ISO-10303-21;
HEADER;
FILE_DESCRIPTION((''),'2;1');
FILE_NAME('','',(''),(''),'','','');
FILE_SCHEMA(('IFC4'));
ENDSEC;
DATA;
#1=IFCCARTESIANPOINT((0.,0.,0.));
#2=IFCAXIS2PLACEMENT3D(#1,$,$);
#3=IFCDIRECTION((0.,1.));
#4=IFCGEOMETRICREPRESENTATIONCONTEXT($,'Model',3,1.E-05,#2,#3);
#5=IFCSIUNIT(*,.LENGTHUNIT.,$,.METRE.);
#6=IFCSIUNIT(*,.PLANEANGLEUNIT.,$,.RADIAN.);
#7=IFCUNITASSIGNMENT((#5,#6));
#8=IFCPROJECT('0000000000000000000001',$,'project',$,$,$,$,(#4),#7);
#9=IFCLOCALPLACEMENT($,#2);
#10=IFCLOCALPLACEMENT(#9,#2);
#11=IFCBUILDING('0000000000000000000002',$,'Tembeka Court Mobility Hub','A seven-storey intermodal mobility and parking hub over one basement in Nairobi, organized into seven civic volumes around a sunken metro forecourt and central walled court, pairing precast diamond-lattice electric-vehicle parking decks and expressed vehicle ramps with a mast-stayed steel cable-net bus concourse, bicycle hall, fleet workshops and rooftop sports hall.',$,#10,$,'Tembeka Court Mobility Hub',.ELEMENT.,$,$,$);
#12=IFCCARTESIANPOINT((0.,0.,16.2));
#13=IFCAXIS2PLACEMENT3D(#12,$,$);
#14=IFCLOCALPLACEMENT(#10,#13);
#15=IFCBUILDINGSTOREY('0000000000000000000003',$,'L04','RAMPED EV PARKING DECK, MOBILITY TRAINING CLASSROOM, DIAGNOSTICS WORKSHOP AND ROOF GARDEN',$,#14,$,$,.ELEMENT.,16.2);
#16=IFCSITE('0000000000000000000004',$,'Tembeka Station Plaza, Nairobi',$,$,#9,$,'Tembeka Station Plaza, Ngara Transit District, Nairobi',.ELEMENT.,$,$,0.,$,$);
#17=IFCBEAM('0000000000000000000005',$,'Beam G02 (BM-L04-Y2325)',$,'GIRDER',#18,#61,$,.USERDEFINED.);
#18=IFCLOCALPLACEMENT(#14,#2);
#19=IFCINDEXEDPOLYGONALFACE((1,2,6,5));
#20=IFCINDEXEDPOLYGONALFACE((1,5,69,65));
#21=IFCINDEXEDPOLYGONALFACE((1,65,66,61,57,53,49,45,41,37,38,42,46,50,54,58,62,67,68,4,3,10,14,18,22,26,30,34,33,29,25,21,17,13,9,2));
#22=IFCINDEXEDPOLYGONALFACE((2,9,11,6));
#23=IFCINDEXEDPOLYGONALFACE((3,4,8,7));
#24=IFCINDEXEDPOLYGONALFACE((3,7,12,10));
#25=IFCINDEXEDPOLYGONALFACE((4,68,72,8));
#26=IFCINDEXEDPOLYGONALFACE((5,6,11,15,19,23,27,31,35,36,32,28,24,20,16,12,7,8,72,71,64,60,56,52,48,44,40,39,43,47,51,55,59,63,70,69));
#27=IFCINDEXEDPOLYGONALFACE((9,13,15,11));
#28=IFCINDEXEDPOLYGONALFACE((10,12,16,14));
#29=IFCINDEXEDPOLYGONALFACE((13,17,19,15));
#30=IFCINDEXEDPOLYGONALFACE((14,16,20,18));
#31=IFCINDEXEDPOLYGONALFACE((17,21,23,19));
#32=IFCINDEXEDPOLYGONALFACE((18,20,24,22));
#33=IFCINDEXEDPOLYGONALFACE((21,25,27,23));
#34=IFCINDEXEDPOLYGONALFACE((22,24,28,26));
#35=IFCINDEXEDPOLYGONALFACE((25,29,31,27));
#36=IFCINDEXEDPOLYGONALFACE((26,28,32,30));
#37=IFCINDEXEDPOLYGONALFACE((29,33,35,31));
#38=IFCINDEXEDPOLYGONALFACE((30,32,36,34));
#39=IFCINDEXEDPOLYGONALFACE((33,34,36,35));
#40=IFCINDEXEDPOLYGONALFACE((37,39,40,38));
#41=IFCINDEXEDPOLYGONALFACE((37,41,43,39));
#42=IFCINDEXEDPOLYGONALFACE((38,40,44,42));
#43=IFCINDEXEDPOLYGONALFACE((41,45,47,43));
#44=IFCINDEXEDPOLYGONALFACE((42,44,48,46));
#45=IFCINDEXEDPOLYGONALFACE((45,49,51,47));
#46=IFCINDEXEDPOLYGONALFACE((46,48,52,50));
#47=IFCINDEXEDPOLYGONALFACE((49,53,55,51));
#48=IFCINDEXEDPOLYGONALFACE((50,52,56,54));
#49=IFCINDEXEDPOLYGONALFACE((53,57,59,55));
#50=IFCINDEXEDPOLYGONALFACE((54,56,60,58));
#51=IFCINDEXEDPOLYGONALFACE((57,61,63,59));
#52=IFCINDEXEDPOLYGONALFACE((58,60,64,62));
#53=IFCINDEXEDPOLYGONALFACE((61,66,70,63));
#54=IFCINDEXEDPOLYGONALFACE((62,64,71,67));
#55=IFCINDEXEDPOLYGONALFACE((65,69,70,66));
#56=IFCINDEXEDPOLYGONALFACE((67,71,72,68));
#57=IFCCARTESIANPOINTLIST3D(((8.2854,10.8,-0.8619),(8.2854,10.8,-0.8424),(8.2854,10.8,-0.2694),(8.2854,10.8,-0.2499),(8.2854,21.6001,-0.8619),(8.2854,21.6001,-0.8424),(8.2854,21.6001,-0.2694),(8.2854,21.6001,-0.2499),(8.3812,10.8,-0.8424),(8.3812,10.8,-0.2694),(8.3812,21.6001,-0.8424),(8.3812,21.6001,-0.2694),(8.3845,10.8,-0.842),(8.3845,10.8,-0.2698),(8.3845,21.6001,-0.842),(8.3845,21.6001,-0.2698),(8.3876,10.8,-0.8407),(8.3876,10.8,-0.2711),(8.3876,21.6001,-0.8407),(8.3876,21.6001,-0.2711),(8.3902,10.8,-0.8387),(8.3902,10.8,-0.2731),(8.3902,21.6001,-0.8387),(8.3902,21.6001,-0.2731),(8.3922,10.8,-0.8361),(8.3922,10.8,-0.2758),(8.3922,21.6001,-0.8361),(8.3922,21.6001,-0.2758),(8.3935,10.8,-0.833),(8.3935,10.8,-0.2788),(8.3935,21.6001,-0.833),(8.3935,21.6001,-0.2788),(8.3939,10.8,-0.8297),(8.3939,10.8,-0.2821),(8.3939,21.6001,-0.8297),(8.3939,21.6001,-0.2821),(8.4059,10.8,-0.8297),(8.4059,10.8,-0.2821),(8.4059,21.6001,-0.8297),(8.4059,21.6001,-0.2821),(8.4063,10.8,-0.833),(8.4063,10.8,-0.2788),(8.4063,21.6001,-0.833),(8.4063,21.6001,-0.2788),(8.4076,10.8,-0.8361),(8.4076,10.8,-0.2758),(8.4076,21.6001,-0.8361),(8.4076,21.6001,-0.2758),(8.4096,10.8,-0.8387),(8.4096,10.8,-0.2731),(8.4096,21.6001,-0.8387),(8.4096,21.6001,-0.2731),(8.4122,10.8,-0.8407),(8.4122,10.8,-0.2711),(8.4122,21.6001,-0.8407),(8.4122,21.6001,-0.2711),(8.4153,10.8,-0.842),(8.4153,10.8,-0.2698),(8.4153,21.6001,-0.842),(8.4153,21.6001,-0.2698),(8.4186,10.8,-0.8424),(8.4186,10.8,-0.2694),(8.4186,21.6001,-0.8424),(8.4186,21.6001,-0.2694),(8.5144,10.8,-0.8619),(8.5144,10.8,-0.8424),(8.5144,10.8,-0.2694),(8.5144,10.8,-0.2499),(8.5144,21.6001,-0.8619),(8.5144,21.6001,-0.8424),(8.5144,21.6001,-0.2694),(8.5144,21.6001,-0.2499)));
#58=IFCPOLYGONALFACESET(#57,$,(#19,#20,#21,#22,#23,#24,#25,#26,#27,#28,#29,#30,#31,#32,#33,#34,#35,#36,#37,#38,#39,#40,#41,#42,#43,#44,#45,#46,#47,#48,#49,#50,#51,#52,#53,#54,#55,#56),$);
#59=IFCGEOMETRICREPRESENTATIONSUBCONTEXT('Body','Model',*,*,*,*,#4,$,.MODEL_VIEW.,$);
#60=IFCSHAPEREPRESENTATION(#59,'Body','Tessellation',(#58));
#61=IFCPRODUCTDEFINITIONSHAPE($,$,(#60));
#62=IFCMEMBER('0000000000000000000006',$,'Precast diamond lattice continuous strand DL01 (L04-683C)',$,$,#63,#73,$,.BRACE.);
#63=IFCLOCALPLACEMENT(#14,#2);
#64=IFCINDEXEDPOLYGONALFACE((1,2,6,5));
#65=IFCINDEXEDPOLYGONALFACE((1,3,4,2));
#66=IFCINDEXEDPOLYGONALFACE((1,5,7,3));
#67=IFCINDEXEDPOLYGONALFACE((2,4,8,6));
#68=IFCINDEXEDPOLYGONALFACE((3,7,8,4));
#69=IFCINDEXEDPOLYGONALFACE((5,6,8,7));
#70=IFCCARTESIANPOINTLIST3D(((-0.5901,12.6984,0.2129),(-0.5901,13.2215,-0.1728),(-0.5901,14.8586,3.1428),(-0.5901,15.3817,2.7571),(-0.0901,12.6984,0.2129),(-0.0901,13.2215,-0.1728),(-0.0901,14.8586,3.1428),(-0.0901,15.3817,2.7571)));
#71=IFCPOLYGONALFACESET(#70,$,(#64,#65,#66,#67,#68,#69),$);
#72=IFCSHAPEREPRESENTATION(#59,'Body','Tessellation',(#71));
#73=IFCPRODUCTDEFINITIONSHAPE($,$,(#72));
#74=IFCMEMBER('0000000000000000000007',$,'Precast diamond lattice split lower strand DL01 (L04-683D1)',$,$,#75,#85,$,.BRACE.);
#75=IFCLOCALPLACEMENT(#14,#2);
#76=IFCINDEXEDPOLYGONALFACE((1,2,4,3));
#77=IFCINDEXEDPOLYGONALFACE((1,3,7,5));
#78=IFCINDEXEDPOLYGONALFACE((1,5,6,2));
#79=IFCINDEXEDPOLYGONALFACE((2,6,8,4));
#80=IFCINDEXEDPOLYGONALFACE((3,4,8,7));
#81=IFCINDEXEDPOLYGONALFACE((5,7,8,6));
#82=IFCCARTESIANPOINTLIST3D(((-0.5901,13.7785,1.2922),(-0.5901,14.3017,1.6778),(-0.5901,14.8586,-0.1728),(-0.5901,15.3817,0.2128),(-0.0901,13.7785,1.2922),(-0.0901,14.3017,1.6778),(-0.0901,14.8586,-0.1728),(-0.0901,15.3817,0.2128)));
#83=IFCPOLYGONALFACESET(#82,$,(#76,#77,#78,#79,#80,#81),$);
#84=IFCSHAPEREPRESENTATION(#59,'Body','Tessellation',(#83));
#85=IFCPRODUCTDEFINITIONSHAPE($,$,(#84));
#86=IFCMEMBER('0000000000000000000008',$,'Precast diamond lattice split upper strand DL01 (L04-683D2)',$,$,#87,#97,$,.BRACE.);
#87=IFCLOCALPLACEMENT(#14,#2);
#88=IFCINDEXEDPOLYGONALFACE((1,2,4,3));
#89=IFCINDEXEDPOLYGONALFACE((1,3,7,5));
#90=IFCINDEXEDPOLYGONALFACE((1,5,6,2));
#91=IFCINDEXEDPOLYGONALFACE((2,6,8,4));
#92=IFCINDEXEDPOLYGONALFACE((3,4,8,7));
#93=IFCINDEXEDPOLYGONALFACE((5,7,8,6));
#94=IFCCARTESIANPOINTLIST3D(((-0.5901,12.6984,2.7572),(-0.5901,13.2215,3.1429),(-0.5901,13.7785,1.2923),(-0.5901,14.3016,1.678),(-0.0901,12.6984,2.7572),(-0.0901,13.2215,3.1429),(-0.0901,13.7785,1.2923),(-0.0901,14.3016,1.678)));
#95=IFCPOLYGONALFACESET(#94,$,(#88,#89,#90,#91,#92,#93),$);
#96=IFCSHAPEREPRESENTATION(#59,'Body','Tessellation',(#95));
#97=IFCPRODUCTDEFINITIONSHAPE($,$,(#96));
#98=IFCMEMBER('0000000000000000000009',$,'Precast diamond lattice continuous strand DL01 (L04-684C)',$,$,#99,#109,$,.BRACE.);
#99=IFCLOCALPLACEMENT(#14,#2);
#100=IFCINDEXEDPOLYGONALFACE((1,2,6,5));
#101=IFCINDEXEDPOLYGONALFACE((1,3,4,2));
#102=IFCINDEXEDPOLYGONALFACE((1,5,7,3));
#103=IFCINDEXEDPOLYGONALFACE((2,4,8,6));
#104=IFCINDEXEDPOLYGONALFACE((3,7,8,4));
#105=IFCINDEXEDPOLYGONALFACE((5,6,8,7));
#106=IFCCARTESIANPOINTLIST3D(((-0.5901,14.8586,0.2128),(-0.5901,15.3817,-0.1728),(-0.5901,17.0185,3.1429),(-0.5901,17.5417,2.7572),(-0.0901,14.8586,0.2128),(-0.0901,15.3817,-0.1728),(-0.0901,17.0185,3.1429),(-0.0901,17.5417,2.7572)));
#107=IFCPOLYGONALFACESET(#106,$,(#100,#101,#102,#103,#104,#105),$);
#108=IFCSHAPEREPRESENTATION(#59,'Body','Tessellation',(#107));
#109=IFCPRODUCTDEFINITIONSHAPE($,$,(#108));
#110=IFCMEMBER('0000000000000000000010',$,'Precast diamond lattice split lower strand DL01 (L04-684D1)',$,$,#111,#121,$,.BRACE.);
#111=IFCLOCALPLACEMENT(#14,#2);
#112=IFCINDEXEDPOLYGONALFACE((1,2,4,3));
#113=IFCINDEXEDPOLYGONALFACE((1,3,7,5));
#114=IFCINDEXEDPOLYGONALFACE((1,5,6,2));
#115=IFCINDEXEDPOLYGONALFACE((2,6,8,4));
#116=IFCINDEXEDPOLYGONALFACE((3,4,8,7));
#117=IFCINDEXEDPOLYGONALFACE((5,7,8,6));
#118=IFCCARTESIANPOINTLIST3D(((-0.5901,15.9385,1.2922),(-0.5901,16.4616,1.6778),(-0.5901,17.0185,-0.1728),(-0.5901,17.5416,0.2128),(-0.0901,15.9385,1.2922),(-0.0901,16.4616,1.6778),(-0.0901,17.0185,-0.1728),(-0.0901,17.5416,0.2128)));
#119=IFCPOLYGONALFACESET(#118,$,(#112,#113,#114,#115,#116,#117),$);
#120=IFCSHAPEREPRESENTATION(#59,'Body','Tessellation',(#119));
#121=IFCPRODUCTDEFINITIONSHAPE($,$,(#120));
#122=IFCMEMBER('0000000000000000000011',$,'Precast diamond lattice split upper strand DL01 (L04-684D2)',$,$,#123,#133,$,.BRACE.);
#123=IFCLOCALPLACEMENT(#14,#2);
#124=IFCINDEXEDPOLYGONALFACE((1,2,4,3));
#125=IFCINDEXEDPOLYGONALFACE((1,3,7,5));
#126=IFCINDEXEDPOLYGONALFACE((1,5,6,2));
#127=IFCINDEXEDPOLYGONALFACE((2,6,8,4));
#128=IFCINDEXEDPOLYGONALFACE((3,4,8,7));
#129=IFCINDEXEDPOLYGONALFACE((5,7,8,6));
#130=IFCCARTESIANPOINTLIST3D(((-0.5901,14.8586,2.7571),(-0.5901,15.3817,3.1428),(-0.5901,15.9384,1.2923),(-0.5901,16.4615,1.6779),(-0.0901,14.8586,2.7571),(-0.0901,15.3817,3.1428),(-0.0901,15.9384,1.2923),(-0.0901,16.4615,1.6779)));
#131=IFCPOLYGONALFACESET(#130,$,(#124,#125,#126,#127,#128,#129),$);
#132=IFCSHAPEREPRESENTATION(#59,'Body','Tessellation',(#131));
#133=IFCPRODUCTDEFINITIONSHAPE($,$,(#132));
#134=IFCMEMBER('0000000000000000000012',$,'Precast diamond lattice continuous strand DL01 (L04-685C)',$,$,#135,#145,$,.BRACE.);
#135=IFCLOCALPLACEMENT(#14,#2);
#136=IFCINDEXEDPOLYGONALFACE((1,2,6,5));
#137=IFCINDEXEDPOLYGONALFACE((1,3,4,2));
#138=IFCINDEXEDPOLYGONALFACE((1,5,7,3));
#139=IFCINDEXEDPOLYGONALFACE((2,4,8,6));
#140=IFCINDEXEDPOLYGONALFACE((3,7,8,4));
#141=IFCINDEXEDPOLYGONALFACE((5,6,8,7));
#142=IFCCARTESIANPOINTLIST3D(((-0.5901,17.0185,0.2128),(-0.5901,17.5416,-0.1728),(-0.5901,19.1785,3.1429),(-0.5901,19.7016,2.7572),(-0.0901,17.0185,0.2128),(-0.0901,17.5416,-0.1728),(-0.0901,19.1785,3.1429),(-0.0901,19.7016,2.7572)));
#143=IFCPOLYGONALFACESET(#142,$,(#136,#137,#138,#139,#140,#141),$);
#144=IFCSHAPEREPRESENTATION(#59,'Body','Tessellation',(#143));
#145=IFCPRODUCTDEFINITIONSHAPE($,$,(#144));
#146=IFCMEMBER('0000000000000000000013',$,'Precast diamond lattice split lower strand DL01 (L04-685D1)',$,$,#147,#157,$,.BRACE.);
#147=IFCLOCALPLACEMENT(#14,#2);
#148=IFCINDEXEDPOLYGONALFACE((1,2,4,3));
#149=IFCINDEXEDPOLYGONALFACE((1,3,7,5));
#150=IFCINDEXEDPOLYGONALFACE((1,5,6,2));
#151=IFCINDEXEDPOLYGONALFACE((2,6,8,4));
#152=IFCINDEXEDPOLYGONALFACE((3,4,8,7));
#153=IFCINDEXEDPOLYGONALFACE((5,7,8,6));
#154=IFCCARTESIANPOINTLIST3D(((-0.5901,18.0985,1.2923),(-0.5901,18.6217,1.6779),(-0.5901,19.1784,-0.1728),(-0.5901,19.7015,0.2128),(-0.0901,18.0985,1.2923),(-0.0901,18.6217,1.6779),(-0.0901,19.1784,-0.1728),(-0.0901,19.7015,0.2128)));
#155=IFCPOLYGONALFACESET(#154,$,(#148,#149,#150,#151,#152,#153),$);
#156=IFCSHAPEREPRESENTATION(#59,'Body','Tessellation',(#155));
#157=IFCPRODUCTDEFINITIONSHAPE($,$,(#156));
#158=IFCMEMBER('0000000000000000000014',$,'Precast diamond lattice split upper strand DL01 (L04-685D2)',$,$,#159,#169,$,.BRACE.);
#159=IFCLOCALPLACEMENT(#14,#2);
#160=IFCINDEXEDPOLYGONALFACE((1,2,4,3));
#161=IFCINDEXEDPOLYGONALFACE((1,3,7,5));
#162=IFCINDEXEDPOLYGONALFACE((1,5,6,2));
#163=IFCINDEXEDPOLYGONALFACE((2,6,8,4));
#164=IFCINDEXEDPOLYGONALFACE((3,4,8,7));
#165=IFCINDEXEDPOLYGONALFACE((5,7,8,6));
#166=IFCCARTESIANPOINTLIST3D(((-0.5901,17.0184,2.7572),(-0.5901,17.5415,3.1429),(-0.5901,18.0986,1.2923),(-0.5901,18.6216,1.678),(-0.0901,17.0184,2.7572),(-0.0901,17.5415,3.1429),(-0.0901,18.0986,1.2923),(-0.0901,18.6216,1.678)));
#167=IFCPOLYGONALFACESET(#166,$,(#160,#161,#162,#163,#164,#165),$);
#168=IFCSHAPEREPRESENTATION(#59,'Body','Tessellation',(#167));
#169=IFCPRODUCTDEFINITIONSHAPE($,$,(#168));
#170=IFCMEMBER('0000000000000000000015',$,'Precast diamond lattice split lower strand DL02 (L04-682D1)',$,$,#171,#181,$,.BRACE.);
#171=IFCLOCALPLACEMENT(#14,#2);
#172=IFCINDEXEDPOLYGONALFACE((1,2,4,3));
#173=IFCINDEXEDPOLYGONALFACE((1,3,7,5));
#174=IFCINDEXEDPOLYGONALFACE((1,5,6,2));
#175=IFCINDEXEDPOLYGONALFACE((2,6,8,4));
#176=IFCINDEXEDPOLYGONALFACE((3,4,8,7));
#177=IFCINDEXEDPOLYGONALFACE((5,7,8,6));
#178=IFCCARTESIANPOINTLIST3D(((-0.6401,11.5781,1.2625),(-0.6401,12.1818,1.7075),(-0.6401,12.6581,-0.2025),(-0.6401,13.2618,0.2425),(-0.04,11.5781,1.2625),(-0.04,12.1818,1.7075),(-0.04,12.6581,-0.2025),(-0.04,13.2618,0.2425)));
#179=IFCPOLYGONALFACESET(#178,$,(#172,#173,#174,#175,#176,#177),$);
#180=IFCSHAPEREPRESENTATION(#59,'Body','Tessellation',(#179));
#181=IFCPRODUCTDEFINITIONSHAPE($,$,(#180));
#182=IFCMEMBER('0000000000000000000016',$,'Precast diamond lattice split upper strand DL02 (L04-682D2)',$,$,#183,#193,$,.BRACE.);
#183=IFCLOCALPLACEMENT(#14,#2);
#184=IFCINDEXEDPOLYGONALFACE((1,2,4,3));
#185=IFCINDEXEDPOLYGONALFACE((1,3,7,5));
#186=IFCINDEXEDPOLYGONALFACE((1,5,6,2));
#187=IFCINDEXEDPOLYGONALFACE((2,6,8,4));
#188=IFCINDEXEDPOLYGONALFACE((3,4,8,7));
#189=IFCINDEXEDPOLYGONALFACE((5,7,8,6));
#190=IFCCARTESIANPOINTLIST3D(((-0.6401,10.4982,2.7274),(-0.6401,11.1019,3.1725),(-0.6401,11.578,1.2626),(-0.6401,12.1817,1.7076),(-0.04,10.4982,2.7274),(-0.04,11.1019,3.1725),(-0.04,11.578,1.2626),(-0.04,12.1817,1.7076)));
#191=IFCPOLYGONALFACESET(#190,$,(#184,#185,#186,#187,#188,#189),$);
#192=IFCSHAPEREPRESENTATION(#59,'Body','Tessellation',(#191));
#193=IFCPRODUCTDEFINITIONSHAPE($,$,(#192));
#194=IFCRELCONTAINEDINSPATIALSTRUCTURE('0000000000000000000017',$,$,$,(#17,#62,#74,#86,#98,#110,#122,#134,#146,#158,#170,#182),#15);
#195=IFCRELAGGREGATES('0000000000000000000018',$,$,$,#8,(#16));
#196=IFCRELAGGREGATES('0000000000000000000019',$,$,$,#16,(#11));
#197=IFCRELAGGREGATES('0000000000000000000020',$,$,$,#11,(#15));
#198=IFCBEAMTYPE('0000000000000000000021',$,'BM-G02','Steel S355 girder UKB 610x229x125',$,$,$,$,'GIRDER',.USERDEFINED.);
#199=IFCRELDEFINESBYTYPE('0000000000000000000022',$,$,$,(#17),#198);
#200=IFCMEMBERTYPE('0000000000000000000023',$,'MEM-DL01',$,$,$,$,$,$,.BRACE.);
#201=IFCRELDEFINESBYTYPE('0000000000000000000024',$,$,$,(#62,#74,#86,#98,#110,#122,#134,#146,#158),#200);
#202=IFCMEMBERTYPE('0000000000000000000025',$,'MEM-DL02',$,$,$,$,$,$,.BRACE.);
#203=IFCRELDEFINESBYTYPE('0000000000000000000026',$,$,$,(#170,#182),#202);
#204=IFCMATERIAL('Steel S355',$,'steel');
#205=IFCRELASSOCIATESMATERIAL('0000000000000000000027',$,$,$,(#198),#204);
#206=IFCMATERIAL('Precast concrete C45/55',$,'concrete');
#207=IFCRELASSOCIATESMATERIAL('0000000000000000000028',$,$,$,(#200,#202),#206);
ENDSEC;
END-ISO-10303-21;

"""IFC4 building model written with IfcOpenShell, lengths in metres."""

from ifc_helpers import new_model, si_unit, direction, frame, origin, origin_2d, place, context, subcontext, project, spatial, rectangle, i_section, extrude, material, material_profile, profile_set, type_object, element, save


model = new_model("IFC4")

# Units and contexts
model_context = context("Model", 3, precision=1e-05, world=origin(), true_north=direction((0.0, 1.0)))
body_context = subcontext(model_context, "Body", "Model", "MODEL_VIEW")
ifc_project = project(units=[si_unit("LENGTHUNIT", "METRE"), si_unit("PLANEANGLEUNIT", "RADIAN")], contexts=[model_context])

# Site, building, storey
site_placement = place(None, origin())
site = spatial("IfcSite", under=ifc_project, at=site_placement, Name="Tembeka Station Plaza, Nairobi", LongName="Tembeka Station Plaza, Ngara Transit District, Nairobi", CompositionType="ELEMENT", RefElevation=0.0)
building_placement = place(site_placement, origin())
building = spatial("IfcBuilding", under=site, at=building_placement, Name="Tembeka Court Mobility Hub", Description="A seven-storey intermodal mobility and parking hub over one basement in Nairobi, organized into seven civic volumes around a sunken metro forecourt and central walled court, pairing precast diamond-lattice electric-vehicle parking decks and expressed vehicle ramps with a mast-stayed steel cable-net bus concourse, bicycle hall, fleet workshops and rooftop sports hall.", LongName="Tembeka Court Mobility Hub", CompositionType="ELEMENT")
storey_placement = place(building_placement, frame((0.0, 0.0, 16.2)))
storey = spatial("IfcBuildingStorey", under=building, at=storey_placement, Name="L04", Description="RAMPED EV PARKING DECK, MOBILITY TRAINING CLASSROOM, DIAGNOSTICS WORKSHOP AND ROOF GARDEN", CompositionType="ELEMENT", Elevation=16.2)

# Shared definitions
ifc_material_1 = material(Name="Steel S355", Category="steel")

# Beam
ifc_material_profile_1 = material_profile(ifc_material_1, i_section(OverallWidth=0.229, OverallDepth=0.6121, WebThickness=0.012, FlangeThickness=0.0195, FilletRadius=0.0127, at=origin_2d()), Name="UKB 610x229x125")
ifc_profile_set_1 = profile_set([ifc_material_profile_1], Name="Steel S355")
beam_type_1 = type_object("IfcBeamType", Name="BM-G02", Description="Steel S355 girder UKB 610x229x125", ElementType="GIRDER", PredefinedType="USERDEFINED", material=ifc_profile_set_1)
for number, where, z_axis, x_axis, name in (
    (1, (8.3999, 10.8, -0.5559), (0.0, 1.0, 0.0), (-1.0, 0.0, 0.0), "Beam G02 (BM-L04-Y2325)"),
):
    element("IfcBeam", number, at=place(storey_placement, frame(where, z_axis=z_axis, x_axis=x_axis)), inside=storey, type_object=beam_type_1, Name=name, ObjectType="GIRDER", PredefinedType="USERDEFINED", context=body_context, shape_type="SweptSolid", body=[
        extrude(i_section(OverallWidth=0.229, OverallDepth=0.6121, WebThickness=0.012, FlangeThickness=0.0195, FilletRadius=0.0127, at=origin_2d()), origin(), (0.0, 0.0, 1.0), 10.8),
    ])

# Members
ifc_material_2 = material(Name="Precast concrete C45/55", Category="concrete")
ifc_material_profile_2 = material_profile(ifc_material_2, rectangle(XDim=0.5, YDim=0.6499, at=origin_2d()), Name="PC-DIAG 500x650")
ifc_profile_set_2 = profile_set([ifc_material_profile_2], Name="Precast concrete C45/55")
member_type_1 = type_object("IfcMemberType", Name="MEM-DL01", PredefinedType="BRACE", material=ifc_profile_set_2)
member_1_placement = place(storey_placement, frame((-0.3401, 12.96, 0.02), z_axis=(0.0, 0.593423, 0.804891), x_axis=(-1.0, 0.0, 0.0)))
element("IfcMember", 2, at=member_1_placement, inside=storey, type_object=member_type_1, Name="Precast diamond lattice continuous strand DL01 (L04-683C)", PredefinedType="BRACE", context=body_context, shape_type="SweptSolid", body=[
    extrude(rectangle(XDim=0.5, YDim=0.6499, at=origin_2d()), origin(), (0.0, 0.0, 1.0), 3.6401),
])
for number, where, z_axis, x_axis, name in (
    (3, (-0.3401, 15.1201, 0.02), (0.0, -0.593391, 0.804914), (1.0, 0.0, 0.0), "Precast diamond lattice split lower strand DL01 (L04-683D1)"),
    (4, (-0.3401, 14.04, 1.4851), (0.0, -0.593455, 0.804867), (1.0, 0.0, 0.0), "Precast diamond lattice split upper strand DL01 (L04-683D2)"),
):
    element("IfcMember", number, at=place(storey_placement, frame(where, z_axis=z_axis, x_axis=x_axis)), inside=storey, type_object=member_type_1, Name=name, PredefinedType="BRACE", context=body_context, shape_type="SweptSolid", body=[
        extrude(rectangle(XDim=0.5, YDim=0.6499, at=origin_2d()), origin(), (0.0, 0.0, 1.0), 1.8201),
    ])
member_2_placement = place(storey_placement, frame((-0.3401, 15.1201, 0.02), z_axis=(0.0, 0.59338, 0.804923), x_axis=(-1.0, 0.0, 0.0)))
element("IfcMember", 5, at=member_2_placement, inside=storey, type_object=member_type_1, Name="Precast diamond lattice continuous strand DL01 (L04-684C)", PredefinedType="BRACE", context=body_context, shape_type="SweptSolid", body=[
    extrude(rectangle(XDim=0.5, YDim=0.6499, at=origin_2d()), origin(), (0.0, 0.0, 1.0), 3.6401),
])
member_3_placement = place(storey_placement, frame((-0.3401, 17.28, 0.02), z_axis=(0.0, -0.593391, 0.804914), x_axis=(1.0, 0.0, 0.0)))
element("IfcMember", 6, at=member_3_placement, inside=storey, type_object=member_type_1, Name="Precast diamond lattice split lower strand DL01 (L04-684D1)", PredefinedType="BRACE", context=body_context, shape_type="SweptSolid", body=[
    extrude(rectangle(XDim=0.5, YDim=0.6499, at=origin_2d()), origin(), (0.0, 0.0, 1.0), 1.8201),
])
member_4_placement = place(storey_placement, frame((-0.3401, 16.2, 1.4851), z_axis=(0.0, -0.593368, 0.804931), x_axis=(1.0, 0.0, 0.0)))
element("IfcMember", 7, at=member_4_placement, inside=storey, type_object=member_type_1, Name="Precast diamond lattice split upper strand DL01 (L04-684D2)", PredefinedType="BRACE", context=body_context, shape_type="SweptSolid", body=[
    extrude(rectangle(XDim=0.5, YDim=0.6499, at=origin_2d()), origin(), (0.0, 0.0, 1.0), 1.8198),
])
member_5_placement = place(storey_placement, frame((-0.3401, 17.28, 0.02), z_axis=(0.0, 0.59338, 0.804923), x_axis=(-1.0, 0.0, 0.0)))
element("IfcMember", 8, at=member_5_placement, inside=storey, type_object=member_type_1, Name="Precast diamond lattice continuous strand DL01 (L04-685C)", PredefinedType="BRACE", context=body_context, shape_type="SweptSolid", body=[
    extrude(rectangle(XDim=0.5, YDim=0.6499, at=origin_2d()), origin(), (0.0, 0.0, 1.0), 3.6401),
])
for number, where, z_axis, x_axis, name in (
    (9, (-0.3401, 19.4399, 0.02), (0.0, -0.593304, 0.804978), (1.0, 0.0, 0.0), "Precast diamond lattice split lower strand DL01 (L04-685D1)"),
    (10, (-0.3401, 18.3601, 1.4851), (0.0, -0.593455, 0.804867), (1.0, 0.0, 0.0), "Precast diamond lattice split upper strand DL01 (L04-685D2)"),
):
    element("IfcMember", number, at=place(storey_placement, frame(where, z_axis=z_axis, x_axis=x_axis)), inside=storey, type_object=member_type_1, Name=name, PredefinedType="BRACE", context=body_context, shape_type="SweptSolid", body=[
        extrude(rectangle(XDim=0.5, YDim=0.6499, at=origin_2d()), origin(), (0.0, 0.0, 1.0), 1.8201),
    ])
ifc_material_profile_3 = material_profile(ifc_material_2, rectangle(XDim=0.6001, YDim=0.75, at=origin_2d()), Name="PC-DIAG 600x750")
ifc_profile_set_3 = profile_set([ifc_material_profile_3], Name="Precast concrete C45/55")
member_type_2 = type_object("IfcMemberType", Name="MEM-DL02", PredefinedType="BRACE", material=ifc_profile_set_3)
member_6_placement = place(storey_placement, frame((-0.3401, 12.96, 0.02), z_axis=(0.0, -0.593391, 0.804914), x_axis=(1.0, 0.0, 0.0)))
element("IfcMember", 11, at=member_6_placement, inside=storey, type_object=member_type_2, Name="Precast diamond lattice split lower strand DL02 (L04-682D1)", PredefinedType="BRACE", context=body_context, shape_type="SweptSolid", body=[
    extrude(rectangle(XDim=0.6001, YDim=0.75, at=origin_2d()), origin(), (0.0, 0.0, 1.0), 1.8201),
])
member_7_placement = place(storey_placement, frame((-0.3401, 11.8799, 1.4851), z_axis=(0.0, -0.593368, 0.804931), x_axis=(1.0, 0.0, 0.0)))
element("IfcMember", 12, at=member_7_placement, inside=storey, type_object=member_type_2, Name="Precast diamond lattice split upper strand DL02 (L04-682D2)", PredefinedType="BRACE", context=body_context, shape_type="SweptSolid", body=[
    extrude(rectangle(XDim=0.6001, YDim=0.75, at=origin_2d()), origin(), (0.0, 0.0, 1.0), 1.8198),
])

save(model, "model.ifc")
